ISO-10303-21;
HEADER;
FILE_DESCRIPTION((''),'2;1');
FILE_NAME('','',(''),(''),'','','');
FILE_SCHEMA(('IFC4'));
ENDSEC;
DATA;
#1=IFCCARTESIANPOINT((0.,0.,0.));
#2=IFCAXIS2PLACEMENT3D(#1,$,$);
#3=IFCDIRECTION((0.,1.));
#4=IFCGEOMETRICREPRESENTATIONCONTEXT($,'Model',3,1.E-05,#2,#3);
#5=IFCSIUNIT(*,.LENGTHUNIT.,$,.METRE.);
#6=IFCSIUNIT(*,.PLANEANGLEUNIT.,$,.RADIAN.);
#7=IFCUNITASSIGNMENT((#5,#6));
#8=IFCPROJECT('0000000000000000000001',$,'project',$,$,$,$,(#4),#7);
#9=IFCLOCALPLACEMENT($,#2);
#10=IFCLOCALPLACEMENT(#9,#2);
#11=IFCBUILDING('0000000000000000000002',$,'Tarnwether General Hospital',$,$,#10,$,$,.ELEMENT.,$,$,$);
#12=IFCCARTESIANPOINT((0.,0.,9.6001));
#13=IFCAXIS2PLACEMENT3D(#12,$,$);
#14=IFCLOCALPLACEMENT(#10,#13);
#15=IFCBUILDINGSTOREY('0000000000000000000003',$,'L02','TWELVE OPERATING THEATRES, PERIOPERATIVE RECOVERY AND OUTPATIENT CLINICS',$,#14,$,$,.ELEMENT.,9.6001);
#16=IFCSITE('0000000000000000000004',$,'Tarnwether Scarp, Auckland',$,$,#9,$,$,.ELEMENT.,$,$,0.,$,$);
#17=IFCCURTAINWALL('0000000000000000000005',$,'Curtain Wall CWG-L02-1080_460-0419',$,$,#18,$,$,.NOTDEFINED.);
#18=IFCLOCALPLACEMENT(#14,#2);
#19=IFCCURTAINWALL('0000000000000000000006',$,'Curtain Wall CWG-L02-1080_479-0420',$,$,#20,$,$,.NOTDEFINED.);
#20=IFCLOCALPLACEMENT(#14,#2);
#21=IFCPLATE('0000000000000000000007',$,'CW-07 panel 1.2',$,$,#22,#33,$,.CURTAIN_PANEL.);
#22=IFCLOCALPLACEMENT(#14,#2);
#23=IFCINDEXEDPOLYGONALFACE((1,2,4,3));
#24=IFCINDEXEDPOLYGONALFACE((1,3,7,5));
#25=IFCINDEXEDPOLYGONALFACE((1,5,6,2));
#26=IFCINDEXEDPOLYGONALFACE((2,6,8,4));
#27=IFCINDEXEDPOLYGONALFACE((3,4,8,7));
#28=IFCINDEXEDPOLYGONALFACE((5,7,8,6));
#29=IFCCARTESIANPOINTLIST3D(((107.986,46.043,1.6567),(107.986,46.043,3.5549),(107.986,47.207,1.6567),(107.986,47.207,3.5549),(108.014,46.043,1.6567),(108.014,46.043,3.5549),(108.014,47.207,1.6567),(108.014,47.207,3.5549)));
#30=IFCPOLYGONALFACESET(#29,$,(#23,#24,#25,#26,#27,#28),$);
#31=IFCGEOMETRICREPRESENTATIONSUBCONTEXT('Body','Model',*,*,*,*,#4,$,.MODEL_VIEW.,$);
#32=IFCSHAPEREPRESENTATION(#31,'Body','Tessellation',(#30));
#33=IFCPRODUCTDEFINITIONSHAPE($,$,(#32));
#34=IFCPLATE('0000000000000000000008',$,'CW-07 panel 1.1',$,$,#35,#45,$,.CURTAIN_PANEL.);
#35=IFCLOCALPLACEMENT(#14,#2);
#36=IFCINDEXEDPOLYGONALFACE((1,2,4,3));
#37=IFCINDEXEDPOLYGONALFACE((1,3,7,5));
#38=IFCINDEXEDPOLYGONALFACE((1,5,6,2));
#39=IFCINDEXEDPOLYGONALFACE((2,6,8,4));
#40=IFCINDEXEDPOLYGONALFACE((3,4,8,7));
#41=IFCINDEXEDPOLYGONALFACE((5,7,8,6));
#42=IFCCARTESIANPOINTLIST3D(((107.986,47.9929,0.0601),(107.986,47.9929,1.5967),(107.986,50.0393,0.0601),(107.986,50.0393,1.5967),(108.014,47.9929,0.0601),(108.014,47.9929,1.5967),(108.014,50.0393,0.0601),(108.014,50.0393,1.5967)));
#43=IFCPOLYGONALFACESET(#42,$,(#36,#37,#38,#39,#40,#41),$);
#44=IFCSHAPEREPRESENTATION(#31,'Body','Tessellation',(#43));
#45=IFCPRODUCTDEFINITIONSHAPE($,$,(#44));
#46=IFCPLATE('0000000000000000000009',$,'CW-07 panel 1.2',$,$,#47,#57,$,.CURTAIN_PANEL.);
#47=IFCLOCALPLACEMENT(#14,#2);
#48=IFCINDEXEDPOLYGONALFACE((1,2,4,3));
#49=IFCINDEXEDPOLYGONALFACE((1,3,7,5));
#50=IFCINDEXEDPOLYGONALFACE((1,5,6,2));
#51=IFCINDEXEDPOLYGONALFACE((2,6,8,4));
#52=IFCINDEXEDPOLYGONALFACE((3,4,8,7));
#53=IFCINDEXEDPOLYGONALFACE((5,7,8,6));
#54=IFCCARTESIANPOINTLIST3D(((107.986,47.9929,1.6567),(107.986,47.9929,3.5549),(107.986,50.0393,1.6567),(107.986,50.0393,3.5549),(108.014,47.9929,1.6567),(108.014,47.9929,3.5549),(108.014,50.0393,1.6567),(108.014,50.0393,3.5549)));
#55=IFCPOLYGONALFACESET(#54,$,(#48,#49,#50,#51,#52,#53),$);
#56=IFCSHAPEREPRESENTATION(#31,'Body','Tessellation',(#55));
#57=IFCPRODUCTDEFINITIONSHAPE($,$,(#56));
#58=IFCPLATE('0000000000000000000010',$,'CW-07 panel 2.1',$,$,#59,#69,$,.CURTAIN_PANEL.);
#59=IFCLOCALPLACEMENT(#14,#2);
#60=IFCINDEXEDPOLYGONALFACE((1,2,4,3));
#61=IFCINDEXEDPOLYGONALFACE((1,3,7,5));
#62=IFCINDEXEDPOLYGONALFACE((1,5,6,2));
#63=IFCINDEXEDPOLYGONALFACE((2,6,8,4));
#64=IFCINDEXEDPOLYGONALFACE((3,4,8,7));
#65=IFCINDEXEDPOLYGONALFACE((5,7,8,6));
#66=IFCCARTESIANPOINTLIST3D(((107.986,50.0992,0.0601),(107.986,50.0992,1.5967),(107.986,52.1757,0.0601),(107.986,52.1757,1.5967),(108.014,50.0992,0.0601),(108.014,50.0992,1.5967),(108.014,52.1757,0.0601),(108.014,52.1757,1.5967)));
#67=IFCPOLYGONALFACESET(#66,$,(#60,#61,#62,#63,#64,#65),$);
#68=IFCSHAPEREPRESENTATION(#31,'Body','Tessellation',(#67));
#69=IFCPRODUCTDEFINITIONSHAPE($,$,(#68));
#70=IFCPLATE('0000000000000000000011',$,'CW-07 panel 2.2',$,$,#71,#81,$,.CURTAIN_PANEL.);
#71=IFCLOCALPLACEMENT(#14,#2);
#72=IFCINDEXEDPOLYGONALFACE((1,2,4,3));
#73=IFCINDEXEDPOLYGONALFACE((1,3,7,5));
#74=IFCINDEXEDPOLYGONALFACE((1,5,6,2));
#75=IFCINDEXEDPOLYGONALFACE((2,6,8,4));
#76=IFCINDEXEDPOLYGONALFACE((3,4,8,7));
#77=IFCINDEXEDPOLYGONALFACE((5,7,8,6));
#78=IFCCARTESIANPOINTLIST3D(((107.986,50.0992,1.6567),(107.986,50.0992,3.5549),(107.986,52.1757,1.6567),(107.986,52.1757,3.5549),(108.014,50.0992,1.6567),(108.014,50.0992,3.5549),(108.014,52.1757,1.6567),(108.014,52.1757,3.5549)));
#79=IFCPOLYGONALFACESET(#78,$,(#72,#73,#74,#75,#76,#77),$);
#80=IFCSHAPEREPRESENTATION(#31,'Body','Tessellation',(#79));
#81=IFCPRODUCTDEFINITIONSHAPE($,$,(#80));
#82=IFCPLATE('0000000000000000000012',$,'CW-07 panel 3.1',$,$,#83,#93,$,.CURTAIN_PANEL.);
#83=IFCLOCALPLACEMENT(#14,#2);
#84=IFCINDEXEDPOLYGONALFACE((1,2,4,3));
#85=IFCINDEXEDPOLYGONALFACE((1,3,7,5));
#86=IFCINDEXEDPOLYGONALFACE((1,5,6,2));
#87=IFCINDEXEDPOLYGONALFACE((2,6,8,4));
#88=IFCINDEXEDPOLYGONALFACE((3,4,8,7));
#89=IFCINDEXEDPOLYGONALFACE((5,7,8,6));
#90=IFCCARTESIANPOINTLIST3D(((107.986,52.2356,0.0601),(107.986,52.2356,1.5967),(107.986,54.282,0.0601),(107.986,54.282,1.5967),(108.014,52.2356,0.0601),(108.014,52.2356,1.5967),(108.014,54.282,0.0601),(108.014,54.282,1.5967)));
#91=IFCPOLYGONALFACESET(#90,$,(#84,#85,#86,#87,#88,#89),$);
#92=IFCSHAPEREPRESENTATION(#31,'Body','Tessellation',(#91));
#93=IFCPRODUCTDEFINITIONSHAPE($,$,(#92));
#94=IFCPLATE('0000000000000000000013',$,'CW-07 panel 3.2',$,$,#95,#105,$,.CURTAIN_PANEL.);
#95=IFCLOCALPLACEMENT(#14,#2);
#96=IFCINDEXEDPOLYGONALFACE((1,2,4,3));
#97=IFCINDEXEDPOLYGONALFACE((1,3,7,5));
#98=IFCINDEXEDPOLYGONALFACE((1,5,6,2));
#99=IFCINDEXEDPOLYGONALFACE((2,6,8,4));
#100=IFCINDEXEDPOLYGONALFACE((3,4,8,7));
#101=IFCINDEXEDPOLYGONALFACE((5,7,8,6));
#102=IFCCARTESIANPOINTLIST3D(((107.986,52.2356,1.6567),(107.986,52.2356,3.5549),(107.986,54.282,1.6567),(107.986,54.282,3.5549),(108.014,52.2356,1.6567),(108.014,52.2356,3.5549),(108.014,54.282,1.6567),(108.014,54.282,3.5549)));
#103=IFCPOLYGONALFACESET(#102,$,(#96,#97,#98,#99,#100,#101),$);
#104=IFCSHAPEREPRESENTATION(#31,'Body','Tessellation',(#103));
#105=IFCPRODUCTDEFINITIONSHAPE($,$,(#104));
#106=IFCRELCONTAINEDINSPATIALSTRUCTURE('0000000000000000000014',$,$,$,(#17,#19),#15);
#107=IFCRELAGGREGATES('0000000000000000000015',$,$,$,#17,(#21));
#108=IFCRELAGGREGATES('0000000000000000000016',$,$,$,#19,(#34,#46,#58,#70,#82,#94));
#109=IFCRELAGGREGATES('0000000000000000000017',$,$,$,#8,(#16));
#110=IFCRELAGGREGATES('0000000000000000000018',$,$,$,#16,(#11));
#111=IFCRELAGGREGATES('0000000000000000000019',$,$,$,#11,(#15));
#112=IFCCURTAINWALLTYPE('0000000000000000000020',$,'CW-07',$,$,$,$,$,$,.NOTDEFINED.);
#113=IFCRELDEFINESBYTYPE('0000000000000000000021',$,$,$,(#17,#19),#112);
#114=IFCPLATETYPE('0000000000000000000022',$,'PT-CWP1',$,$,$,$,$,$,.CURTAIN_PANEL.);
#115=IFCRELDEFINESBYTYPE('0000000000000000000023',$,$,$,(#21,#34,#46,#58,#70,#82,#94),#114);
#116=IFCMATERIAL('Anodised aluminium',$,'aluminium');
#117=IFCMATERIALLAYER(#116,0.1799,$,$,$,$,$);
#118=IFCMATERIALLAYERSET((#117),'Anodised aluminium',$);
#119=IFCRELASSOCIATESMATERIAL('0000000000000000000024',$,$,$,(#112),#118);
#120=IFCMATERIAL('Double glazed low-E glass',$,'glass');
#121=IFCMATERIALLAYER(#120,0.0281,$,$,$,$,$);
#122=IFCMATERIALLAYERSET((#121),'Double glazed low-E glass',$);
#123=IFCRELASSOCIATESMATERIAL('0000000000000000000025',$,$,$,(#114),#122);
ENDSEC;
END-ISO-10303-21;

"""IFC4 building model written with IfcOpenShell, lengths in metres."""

from ifc_helpers import new_model, si_unit, direction, frame, origin, origin_2d, place, context, subcontext, project, spatial, rectangle, extrude, material, layer, layer_set, type_object, element, aggregate, save


model = new_model("IFC4")

# Units and contexts
model_context = context("Model", 3, precision=1e-05, world=origin(), true_north=direction((0.0, 1.0)))
body_context = subcontext(model_context, "Body", "Model", "MODEL_VIEW")
ifc_project = project(units=[si_unit("LENGTHUNIT", "METRE"), si_unit("PLANEANGLEUNIT", "RADIAN")], contexts=[model_context])

# Site, building, storey
site_placement = place(None, origin())
site = spatial("IfcSite", under=ifc_project, at=site_placement, Name="Tarnwether Scarp, Auckland", CompositionType="ELEMENT", RefElevation=0.0)
building_placement = place(site_placement, origin())
building = spatial("IfcBuilding", under=site, at=building_placement, Name="Tarnwether General Hospital", CompositionType="ELEMENT")
storey_placement = place(building_placement, frame((0.0, 0.0, 9.6001)))
storey = spatial("IfcBuildingStorey", under=building, at=storey_placement, Name="L02", Description="TWELVE OPERATING THEATRES, PERIOPERATIVE RECOVERY AND OUTPATIENT CLINICS", CompositionType="ELEMENT", Elevation=9.6001)

# Curtain walls
ifc_material_1 = material(Name="Anodised aluminium", Category="aluminium")
ifc_layer_1 = layer(ifc_material_1, 0.1799)
ifc_layer_set_1 = layer_set([ifc_layer_1], Name="Anodised aluminium")
curtain_wall_type = type_object("IfcCurtainWallType", Name="CW-07", PredefinedType="NOTDEFINED", material=ifc_layer_set_1)
curtain_wall_1_placement = place(storey_placement, origin())
curtain_wall_1 = element("IfcCurtainWall", 1, at=curtain_wall_1_placement, inside=storey, type_object=curtain_wall_type, Name="Curtain Wall CWG-L02-1080_460-0419", PredefinedType="NOTDEFINED")
curtain_wall_2_placement = place(storey_placement, origin())
curtain_wall_2 = element("IfcCurtainWall", 2, at=curtain_wall_2_placement, inside=storey, type_object=curtain_wall_type, Name="Curtain Wall CWG-L02-1080_479-0420", PredefinedType="NOTDEFINED")

# Plates
ifc_material_2 = material(Name="Double glazed low-E glass", Category="glass")
ifc_layer_2 = layer(ifc_material_2, 0.0281)
ifc_layer_set_2 = layer_set([ifc_layer_2], Name="Double glazed low-E glass")
plate_type = type_object("IfcPlateType", Name="PT-CWP1", PredefinedType="CURTAIN_PANEL", material=ifc_layer_set_2)
plate_1_placement = place(storey_placement, frame((108.0, 46.625, 1.6567), z_axis=(0.0, 0.0, 1.0), x_axis=(0.0, 1.0, 0.0)))
plate_1 = element("IfcPlate", 3, at=plate_1_placement, type_object=plate_type, Name="CW-07 panel 1.2", PredefinedType="CURTAIN_PANEL", context=body_context, shape_type="SweptSolid", body=[
    extrude(rectangle(XDim=1.1641, YDim=0.0281, at=origin_2d()), origin(), (0.0, 0.0, 1.0), 1.8982),
])
aggregate(curtain_wall_1, [plate_1])
plate_2_placement = place(storey_placement, frame((108.0, 49.0161, 0.0601), z_axis=(0.0, 0.0, 1.0), x_axis=(0.0, 1.0, 0.0)))
plate_2 = element("IfcPlate", 4, at=plate_2_placement, type_object=plate_type, Name="CW-07 panel 1.1", PredefinedType="CURTAIN_PANEL", context=body_context, shape_type="SweptSolid", body=[
    extrude(rectangle(XDim=2.0464, YDim=0.0281, at=origin_2d()), origin(), (0.0, 0.0, 1.0), 1.5366),
])
plate_3_placement = place(storey_placement, frame((108.0, 49.0161, 1.6567), z_axis=(0.0, 0.0, 1.0), x_axis=(0.0, 1.0, 0.0)))
plate_3 = element("IfcPlate", 5, at=plate_3_placement, type_object=plate_type, Name="CW-07 panel 1.2", PredefinedType="CURTAIN_PANEL", context=body_context, shape_type="SweptSolid", body=[
    extrude(rectangle(XDim=2.0464, YDim=0.0281, at=origin_2d()), origin(), (0.0, 0.0, 1.0), 1.8982),
])
plate_4_placement = place(storey_placement, frame((108.0, 51.1375, 0.0601), z_axis=(0.0, 0.0, 1.0), x_axis=(0.0, 1.0, 0.0)))
plate_4 = element("IfcPlate", 6, at=plate_4_placement, type_object=plate_type, Name="CW-07 panel 2.1", PredefinedType="CURTAIN_PANEL", context=body_context, shape_type="SweptSolid", body=[
    extrude(rectangle(XDim=2.0764, YDim=0.0281, at=origin_2d()), origin(), (0.0, 0.0, 1.0), 1.5366),
])
plate_5_placement = place(storey_placement, frame((108.0, 51.1375, 1.6567), z_axis=(0.0, 0.0, 1.0), x_axis=(0.0, 1.0, 0.0)))
plate_5 = element("IfcPlate", 7, at=plate_5_placement, type_object=plate_type, Name="CW-07 panel 2.2", PredefinedType="CURTAIN_PANEL", context=body_context, shape_type="SweptSolid", body=[
    extrude(rectangle(XDim=2.0764, YDim=0.0281, at=origin_2d()), origin(), (0.0, 0.0, 1.0), 1.8982),
])
plate_6_placement = place(storey_placement, frame((108.0, 53.2588, 0.0601), z_axis=(0.0, 0.0, 1.0), x_axis=(0.0, 1.0, 0.0)))
plate_6 = element("IfcPlate", 8, at=plate_6_placement, type_object=plate_type, Name="CW-07 panel 3.1", PredefinedType="CURTAIN_PANEL", context=body_context, shape_type="SweptSolid", body=[
    extrude(rectangle(XDim=2.0464, YDim=0.0281, at=origin_2d()), origin(), (0.0, 0.0, 1.0), 1.5366),
])
plate_7_placement = place(storey_placement, frame((108.0, 53.2588, 1.6567), z_axis=(0.0, 0.0, 1.0), x_axis=(0.0, 1.0, 0.0)))
plate_7 = element("IfcPlate", 9, at=plate_7_placement, type_object=plate_type, Name="CW-07 panel 3.2", PredefinedType="CURTAIN_PANEL", context=body_context, shape_type="SweptSolid", body=[
    extrude(rectangle(XDim=2.0464, YDim=0.0281, at=origin_2d()), origin(), (0.0, 0.0, 1.0), 1.8982),
])
aggregate(curtain_wall_2, [plate_2, plate_3, plate_4, plate_5, plate_6, plate_7])

save(model, "model.ifc")
